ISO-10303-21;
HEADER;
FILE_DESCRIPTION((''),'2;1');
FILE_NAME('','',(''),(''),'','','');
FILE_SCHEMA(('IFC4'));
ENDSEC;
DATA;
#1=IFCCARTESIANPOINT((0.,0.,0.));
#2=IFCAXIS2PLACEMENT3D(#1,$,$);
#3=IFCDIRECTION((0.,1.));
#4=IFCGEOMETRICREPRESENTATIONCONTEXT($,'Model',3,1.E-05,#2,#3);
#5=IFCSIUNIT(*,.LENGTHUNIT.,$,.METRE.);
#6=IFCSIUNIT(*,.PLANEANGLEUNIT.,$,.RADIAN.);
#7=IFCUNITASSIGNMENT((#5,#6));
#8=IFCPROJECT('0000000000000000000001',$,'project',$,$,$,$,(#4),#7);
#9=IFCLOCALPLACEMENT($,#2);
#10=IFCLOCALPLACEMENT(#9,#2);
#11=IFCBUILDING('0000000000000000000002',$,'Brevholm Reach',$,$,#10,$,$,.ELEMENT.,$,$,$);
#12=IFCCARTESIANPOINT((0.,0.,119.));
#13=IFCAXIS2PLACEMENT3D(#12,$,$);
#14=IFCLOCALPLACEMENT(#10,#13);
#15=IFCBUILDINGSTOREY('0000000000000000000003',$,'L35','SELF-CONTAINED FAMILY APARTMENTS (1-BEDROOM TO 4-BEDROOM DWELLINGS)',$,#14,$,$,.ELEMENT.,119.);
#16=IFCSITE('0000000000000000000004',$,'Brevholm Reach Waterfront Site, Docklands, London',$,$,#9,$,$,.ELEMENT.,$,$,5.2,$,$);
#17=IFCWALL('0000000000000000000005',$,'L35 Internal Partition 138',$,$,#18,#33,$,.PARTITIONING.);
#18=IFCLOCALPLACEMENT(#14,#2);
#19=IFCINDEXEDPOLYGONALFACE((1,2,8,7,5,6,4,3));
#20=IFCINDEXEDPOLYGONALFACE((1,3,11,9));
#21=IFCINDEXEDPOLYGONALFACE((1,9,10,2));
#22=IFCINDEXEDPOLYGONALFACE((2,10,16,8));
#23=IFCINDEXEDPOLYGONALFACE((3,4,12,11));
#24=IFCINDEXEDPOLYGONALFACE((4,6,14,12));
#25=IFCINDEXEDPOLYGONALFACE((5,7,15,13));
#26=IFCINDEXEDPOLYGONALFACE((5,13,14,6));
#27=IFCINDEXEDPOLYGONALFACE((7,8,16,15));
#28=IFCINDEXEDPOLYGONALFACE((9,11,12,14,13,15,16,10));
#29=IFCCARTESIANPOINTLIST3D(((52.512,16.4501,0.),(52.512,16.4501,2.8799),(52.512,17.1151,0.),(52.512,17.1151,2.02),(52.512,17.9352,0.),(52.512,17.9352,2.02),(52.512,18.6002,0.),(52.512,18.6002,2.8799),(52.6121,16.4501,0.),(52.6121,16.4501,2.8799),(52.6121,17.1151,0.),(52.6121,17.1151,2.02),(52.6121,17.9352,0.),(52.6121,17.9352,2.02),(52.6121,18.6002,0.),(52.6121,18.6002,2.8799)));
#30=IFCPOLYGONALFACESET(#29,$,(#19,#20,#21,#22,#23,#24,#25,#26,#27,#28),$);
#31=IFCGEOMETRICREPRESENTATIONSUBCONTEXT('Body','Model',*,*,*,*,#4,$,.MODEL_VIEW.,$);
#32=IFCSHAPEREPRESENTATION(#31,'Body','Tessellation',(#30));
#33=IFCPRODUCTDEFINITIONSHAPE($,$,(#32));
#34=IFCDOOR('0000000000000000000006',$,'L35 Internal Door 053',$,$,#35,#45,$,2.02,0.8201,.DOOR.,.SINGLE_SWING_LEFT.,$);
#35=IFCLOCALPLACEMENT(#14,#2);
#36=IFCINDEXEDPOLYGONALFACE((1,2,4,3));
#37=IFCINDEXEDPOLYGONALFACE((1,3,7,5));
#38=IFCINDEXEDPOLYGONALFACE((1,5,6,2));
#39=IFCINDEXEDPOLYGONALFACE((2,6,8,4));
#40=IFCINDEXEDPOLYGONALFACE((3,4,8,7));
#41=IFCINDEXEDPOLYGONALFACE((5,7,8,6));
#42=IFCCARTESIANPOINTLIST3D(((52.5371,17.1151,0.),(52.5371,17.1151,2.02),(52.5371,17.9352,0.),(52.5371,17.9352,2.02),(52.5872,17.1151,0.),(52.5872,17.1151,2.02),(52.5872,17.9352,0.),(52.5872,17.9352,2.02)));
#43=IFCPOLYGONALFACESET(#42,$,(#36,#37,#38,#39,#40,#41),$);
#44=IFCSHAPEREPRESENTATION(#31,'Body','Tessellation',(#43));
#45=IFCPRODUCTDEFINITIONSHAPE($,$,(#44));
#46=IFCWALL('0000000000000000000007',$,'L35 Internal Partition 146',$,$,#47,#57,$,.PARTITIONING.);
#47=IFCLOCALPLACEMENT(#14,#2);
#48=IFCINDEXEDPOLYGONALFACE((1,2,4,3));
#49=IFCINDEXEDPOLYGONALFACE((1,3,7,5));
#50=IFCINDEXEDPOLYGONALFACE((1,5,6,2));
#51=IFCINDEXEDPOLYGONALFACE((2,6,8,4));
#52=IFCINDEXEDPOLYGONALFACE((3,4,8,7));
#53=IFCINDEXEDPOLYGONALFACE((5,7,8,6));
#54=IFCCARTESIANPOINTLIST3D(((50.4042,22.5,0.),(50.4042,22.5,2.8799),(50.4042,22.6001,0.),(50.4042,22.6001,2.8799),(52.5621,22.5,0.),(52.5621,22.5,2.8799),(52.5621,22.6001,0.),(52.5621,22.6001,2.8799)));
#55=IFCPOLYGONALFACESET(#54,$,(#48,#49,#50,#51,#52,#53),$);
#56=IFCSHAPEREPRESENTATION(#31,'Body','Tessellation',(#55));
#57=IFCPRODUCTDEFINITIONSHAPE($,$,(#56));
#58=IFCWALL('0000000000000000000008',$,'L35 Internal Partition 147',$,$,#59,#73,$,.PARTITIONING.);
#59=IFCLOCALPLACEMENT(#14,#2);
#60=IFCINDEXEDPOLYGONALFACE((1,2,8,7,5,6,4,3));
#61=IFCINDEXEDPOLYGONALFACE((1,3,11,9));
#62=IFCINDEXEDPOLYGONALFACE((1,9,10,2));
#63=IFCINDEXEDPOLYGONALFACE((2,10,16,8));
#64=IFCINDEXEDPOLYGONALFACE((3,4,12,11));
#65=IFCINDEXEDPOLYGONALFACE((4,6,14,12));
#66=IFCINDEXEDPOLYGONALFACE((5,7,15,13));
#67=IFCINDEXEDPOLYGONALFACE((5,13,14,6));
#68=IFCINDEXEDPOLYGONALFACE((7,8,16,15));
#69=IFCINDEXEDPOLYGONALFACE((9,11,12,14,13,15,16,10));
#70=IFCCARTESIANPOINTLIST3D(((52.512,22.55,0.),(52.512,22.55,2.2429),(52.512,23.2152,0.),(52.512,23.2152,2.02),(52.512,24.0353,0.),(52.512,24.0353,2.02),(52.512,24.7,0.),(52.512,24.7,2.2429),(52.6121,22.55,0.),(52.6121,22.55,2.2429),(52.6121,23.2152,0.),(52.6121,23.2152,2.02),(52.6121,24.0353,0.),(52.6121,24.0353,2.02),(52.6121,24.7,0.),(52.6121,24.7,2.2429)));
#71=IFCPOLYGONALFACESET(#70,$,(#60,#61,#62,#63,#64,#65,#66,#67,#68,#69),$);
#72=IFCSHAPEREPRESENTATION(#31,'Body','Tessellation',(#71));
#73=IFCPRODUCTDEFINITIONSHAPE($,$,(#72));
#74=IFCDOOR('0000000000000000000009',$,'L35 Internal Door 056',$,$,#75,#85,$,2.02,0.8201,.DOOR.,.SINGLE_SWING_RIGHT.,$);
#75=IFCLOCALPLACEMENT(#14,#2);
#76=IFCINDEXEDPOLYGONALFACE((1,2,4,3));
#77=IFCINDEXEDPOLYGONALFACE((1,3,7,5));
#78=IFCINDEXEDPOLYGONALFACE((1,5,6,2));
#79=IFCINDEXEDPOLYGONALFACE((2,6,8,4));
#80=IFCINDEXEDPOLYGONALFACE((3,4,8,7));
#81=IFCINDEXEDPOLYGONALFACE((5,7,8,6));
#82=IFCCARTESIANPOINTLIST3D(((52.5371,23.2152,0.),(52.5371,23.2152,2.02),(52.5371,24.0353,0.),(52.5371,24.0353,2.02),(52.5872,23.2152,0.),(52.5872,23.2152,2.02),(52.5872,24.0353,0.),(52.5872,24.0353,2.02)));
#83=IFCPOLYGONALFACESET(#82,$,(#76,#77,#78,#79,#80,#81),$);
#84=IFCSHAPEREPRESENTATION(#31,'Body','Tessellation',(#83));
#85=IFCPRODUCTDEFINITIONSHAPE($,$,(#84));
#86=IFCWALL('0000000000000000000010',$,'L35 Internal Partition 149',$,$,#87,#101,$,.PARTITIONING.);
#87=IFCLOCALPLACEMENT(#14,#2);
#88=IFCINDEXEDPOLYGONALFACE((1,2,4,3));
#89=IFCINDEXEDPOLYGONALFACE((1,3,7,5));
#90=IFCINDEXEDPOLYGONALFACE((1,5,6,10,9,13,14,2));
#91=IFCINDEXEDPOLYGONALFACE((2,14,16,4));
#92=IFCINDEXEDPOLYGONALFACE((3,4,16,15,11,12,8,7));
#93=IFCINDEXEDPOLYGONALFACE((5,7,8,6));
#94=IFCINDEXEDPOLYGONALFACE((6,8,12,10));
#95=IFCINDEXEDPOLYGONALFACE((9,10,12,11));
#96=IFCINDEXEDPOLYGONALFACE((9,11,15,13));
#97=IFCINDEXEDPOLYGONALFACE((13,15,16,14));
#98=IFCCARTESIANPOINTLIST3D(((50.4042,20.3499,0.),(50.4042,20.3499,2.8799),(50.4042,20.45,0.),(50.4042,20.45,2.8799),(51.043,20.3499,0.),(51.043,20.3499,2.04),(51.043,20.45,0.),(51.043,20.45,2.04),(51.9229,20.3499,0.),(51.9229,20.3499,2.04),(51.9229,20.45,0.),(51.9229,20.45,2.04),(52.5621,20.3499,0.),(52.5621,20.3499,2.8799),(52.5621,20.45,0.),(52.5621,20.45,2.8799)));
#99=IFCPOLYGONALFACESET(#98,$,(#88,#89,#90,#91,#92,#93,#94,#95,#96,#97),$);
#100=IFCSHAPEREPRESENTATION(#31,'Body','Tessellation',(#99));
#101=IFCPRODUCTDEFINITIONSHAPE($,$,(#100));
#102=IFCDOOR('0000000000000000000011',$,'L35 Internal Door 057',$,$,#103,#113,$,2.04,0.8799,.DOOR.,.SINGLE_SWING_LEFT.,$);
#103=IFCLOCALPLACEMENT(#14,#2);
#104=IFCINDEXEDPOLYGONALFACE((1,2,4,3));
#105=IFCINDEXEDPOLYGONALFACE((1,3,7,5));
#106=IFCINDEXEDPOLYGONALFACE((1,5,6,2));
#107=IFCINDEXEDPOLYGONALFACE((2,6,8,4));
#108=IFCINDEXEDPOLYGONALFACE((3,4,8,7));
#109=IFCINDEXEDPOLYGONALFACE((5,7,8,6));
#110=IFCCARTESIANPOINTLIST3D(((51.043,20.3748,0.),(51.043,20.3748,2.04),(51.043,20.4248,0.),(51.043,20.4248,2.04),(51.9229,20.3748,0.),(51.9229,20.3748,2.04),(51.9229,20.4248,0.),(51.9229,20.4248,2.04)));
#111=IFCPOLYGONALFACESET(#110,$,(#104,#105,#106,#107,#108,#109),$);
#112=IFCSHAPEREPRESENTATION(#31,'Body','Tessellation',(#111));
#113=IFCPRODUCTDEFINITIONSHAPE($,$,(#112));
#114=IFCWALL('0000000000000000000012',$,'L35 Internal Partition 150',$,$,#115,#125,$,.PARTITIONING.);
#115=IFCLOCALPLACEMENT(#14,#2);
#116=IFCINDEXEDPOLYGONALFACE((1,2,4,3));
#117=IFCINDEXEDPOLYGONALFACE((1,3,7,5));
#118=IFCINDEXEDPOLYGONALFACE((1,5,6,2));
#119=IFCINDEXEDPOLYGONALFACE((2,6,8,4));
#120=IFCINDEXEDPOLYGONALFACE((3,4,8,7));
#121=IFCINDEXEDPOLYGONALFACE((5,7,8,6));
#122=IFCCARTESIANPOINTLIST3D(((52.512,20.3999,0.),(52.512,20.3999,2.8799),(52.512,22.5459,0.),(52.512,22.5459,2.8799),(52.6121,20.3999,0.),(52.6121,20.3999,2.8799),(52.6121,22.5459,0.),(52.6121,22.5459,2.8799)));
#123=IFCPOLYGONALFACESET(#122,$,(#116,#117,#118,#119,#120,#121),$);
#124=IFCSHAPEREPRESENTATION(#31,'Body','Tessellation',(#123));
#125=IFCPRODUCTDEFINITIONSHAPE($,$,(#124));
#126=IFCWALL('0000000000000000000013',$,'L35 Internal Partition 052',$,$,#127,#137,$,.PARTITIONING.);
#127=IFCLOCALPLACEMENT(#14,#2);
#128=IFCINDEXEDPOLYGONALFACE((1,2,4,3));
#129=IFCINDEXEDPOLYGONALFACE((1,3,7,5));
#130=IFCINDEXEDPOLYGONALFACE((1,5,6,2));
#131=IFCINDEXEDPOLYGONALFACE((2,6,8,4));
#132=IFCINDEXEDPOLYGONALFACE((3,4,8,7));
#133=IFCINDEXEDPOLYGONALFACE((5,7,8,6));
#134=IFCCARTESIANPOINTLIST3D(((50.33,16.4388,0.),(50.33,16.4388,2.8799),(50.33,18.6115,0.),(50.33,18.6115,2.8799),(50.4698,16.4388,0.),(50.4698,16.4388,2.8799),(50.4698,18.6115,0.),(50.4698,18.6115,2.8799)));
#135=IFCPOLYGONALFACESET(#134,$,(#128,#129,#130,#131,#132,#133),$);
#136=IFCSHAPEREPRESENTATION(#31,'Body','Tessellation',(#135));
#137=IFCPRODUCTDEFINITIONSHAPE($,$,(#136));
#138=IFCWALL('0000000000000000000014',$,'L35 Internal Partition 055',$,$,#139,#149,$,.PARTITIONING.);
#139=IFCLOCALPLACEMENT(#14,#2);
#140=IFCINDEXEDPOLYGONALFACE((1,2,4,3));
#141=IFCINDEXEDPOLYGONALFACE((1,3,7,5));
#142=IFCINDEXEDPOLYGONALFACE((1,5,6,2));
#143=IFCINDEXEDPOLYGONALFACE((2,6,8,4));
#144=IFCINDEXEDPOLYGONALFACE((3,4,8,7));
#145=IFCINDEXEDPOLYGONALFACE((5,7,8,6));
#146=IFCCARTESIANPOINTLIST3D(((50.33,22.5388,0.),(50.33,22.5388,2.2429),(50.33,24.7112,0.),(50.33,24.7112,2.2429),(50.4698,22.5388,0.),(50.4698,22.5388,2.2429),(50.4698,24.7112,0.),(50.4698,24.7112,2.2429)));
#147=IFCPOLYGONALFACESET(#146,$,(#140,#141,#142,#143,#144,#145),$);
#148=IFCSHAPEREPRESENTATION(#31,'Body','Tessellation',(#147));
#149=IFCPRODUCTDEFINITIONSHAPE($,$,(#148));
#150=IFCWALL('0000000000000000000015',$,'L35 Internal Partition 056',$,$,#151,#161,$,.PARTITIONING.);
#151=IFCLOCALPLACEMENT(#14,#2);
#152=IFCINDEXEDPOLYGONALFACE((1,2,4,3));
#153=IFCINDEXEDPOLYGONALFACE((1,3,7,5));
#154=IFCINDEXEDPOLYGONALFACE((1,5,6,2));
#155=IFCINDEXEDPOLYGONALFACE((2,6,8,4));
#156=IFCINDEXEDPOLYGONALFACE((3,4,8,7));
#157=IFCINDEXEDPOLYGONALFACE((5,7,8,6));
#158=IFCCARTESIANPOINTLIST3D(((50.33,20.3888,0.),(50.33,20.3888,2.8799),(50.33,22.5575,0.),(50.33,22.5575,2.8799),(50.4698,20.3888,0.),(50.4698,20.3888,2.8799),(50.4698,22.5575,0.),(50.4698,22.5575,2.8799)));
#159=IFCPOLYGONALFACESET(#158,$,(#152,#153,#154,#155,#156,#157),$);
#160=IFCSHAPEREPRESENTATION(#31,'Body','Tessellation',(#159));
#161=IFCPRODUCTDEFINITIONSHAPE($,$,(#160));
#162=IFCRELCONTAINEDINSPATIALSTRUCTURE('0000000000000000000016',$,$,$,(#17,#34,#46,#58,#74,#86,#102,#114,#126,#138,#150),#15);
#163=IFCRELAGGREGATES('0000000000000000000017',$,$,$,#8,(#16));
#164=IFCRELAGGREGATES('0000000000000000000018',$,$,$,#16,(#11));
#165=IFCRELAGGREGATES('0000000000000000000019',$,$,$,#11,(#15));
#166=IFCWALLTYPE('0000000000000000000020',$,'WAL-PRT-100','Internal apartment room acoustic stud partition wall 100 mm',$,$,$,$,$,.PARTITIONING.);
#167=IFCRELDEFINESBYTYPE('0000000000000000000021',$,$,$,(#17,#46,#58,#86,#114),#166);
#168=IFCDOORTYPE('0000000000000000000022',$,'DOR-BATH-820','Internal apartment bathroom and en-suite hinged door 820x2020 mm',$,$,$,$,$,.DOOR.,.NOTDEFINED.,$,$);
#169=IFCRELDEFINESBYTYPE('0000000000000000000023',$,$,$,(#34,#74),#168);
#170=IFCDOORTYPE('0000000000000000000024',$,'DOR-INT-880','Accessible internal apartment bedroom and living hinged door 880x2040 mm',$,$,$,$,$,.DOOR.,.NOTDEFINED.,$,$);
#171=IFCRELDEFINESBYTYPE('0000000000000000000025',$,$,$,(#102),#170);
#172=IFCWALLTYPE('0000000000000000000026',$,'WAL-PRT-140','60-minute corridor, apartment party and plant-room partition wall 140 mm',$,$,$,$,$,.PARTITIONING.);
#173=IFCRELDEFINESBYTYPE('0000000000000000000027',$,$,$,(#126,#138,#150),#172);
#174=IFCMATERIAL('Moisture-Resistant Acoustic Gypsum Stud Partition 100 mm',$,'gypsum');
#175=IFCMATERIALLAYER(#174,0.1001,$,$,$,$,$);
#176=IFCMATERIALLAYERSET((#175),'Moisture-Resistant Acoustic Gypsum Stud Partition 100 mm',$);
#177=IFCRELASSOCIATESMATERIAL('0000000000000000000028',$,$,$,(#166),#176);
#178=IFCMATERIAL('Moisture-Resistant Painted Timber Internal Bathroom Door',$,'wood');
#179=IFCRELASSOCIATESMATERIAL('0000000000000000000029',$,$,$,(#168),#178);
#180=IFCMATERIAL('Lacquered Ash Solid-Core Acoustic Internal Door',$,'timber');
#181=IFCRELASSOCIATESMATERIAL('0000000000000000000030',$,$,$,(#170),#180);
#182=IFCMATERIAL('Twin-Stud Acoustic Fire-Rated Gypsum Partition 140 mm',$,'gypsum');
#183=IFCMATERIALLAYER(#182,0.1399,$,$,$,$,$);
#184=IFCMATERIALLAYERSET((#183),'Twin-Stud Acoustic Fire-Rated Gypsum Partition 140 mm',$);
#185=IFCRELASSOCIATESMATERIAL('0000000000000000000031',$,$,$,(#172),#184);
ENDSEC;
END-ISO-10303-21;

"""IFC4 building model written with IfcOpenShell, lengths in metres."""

from ifc_helpers import new_model, si_unit, direction, frame, frame_2d, origin, place, context, subcontext, project, spatial, rectangle, extrude, material, layer, layer_set, type_object, element, fill, save


model = new_model("IFC4")

# Units and contexts
model_context = context("Model", 3, precision=1e-05, world=origin(), true_north=direction((0.0, 1.0)))
body_context = subcontext(model_context, "Body", "Model", "MODEL_VIEW")
ifc_project = project(units=[si_unit("LENGTHUNIT", "METRE"), si_unit("PLANEANGLEUNIT", "RADIAN")], contexts=[model_context])

# Site, building, storey
site_placement = place(None, origin())
site = spatial("IfcSite", under=ifc_project, at=site_placement, Name="Brevholm Reach Waterfront Site, Docklands, London", CompositionType="ELEMENT", RefElevation=5.2)
building_placement = place(site_placement, origin())
building = spatial("IfcBuilding", under=site, at=building_placement, Name="Brevholm Reach", CompositionType="ELEMENT")
storey_placement = place(building_placement, frame((0.0, 0.0, 119.0)))
storey = spatial("IfcBuildingStorey", under=building, at=storey_placement, Name="L35", Description="SELF-CONTAINED FAMILY APARTMENTS (1-BEDROOM TO 4-BEDROOM DWELLINGS)", CompositionType="ELEMENT", Elevation=119.0)

# Shared definitions
ifc_material_1 = material(Name="Moisture-Resistant Acoustic Gypsum Stud Partition 100 mm", Category="gypsum")
ifc_layer_1 = layer(ifc_material_1, 0.1001)
ifc_layer_set_1 = layer_set([ifc_layer_1], Name="Moisture-Resistant Acoustic Gypsum Stud Partition 100 mm")
wall_type_1 = type_object("IfcWallType", Name="WAL-PRT-100", Description="Internal apartment room acoustic stud partition wall 100 mm", PredefinedType="PARTITIONING", material=ifc_layer_set_1)

# Wall, opening, door
wall_1_placement = place(storey_placement, frame((52.562, 16.45, 0.0), z_axis=(0.0, 0.0, 1.0), x_axis=(0.0, 1.0, 0.0)))
wall_1 = element("IfcWall", 1, at=wall_1_placement, inside=storey, type_object=wall_type_1, Name="L35 Internal Partition 138", PredefinedType="PARTITIONING", context=body_context, shape_type="SweptSolid", body=[
    extrude(rectangle(XDim=2.1501, YDim=0.1001, at=frame_2d((1.0752, 0.0))), origin(), (0.0, 0.0, 1.0), 2.8799),
])
opening_1_placement = place(wall_1_placement, frame((0.665, 0.0, 0.0)))
opening_1 = element("IfcOpeningElement", 2, at=opening_1_placement, cuts=wall_1, PredefinedType="OPENING", context=body_context, shape_type="SweptSolid", body=[
    extrude(rectangle(XDim=0.8201, YDim=2.02, at=frame_2d((0.4102, 1.01))), frame((0.0, 0.0601, 0.0), z_axis=(0.0, -1.0, 0.0), x_axis=(1.0, 0.0, 0.0)), (0.0, 0.0, 1.0), 0.1201),
])
ifc_material_2 = material(Name="Moisture-Resistant Painted Timber Internal Bathroom Door", Category="wood")
door_type_1 = type_object("IfcDoorType", Name="DOR-BATH-820", Description="Internal apartment bathroom and en-suite hinged door 820x2020 mm", OperationType="NOTDEFINED", PredefinedType="DOOR", material=ifc_material_2)
door_1_placement = place(opening_1_placement, origin())
door_1 = element("IfcDoor", 3, at=door_1_placement, inside=storey, type_object=door_type_1, Name="L35 Internal Door 053", OperationType="SINGLE_SWING_LEFT", OverallHeight=2.02, OverallWidth=0.8201, PredefinedType="DOOR", context=body_context, shape_type="SweptSolid", body=[
    extrude(rectangle(XDim=0.8201, YDim=2.02, at=frame_2d((0.4102, 1.01))), frame((0.0, 0.0249, 0.0), z_axis=(0.0, -1.0, 0.0), x_axis=(1.0, 0.0, 0.0)), (0.0, 0.0, 1.0), 0.05),
])
fill(opening_1, door_1)

# Wall
wall_2_placement = place(storey_placement, frame((50.4041, 22.55, 0.0), z_axis=(0.0, 0.0, 1.0), x_axis=(1.0, 0.0, 0.0)))
element("IfcWall", 4, at=wall_2_placement, inside=storey, type_object=wall_type_1, Name="L35 Internal Partition 146", PredefinedType="PARTITIONING", context=body_context, shape_type="SweptSolid", body=[
    extrude(rectangle(XDim=2.158, YDim=0.1001, at=frame_2d((1.0791, 0.0))), origin(), (0.0, 0.0, 1.0), 2.8799),
])

# Walls, openings, doors
wall_3_placement = place(storey_placement, frame((52.562, 22.55, 0.0), z_axis=(0.0, 0.0, 1.0), x_axis=(0.0, 1.0, 0.0)))
wall_3 = element("IfcWall", 5, at=wall_3_placement, inside=storey, type_object=wall_type_1, Name="L35 Internal Partition 147", PredefinedType="PARTITIONING", context=body_context, shape_type="SweptSolid", body=[
    extrude(rectangle(XDim=2.1499, YDim=0.1001, at=frame_2d((1.075, 0.0))), origin(), (0.0, 0.0, 1.0), 2.2429),
])
opening_2_placement = place(wall_3_placement, frame((0.665, 0.0, 0.0)))
opening_2 = element("IfcOpeningElement", 6, at=opening_2_placement, cuts=wall_3, PredefinedType="OPENING", context=body_context, shape_type="SweptSolid", body=[
    extrude(rectangle(XDim=0.8201, YDim=2.02, at=frame_2d((0.4102, 1.01))), frame((0.0, 0.0601, 0.0), z_axis=(0.0, -1.0, 0.0), x_axis=(1.0, 0.0, 0.0)), (0.0, 0.0, 1.0), 0.1201),
])
door_2_placement = place(opening_2_placement, origin())
door_2 = element("IfcDoor", 7, at=door_2_placement, inside=storey, type_object=door_type_1, Name="L35 Internal Door 056", OperationType="SINGLE_SWING_RIGHT", OverallHeight=2.02, OverallWidth=0.8201, PredefinedType="DOOR", context=body_context, shape_type="SweptSolid", body=[
    extrude(rectangle(XDim=0.8201, YDim=2.02, at=frame_2d((0.4102, 1.01))), frame((0.0, 0.0249, 0.0), z_axis=(0.0, -1.0, 0.0), x_axis=(1.0, 0.0, 0.0)), (0.0, 0.0, 1.0), 0.05),
])
fill(opening_2, door_2)
wall_4_placement = place(storey_placement, frame((50.4041, 20.3999, 0.0), z_axis=(0.0, 0.0, 1.0), x_axis=(1.0, 0.0, 0.0)))
wall_4 = element("IfcWall", 8, at=wall_4_placement, inside=storey, type_object=wall_type_1, Name="L35 Internal Partition 149", PredefinedType="PARTITIONING", context=body_context, shape_type="SweptSolid", body=[
    extrude(rectangle(XDim=2.158, YDim=0.1001, at=frame_2d((1.0791, 0.0))), origin(), (0.0, 0.0, 1.0), 2.8799),
])
opening_3_placement = place(wall_4_placement, frame((0.6389, 0.0, 0.0)))
opening_3 = element("IfcOpeningElement", 9, at=opening_3_placement, cuts=wall_4, PredefinedType="OPENING", context=body_context, shape_type="SweptSolid", body=[
    extrude(rectangle(XDim=0.8799, YDim=2.04, at=frame_2d((0.4399, 1.02))), frame((0.0, 0.0601, 0.0), z_axis=(0.0, -1.0, 0.0), x_axis=(1.0, 0.0, 0.0)), (0.0, 0.0, 1.0), 0.1201),
])
ifc_material_3 = material(Name="Lacquered Ash Solid-Core Acoustic Internal Door", Category="timber")
door_type_2 = type_object("IfcDoorType", Name="DOR-INT-880", Description="Accessible internal apartment bedroom and living hinged door 880x2040 mm", OperationType="NOTDEFINED", PredefinedType="DOOR", material=ifc_material_3)
door_3_placement = place(opening_3_placement, origin())
door_3 = element("IfcDoor", 10, at=door_3_placement, inside=storey, type_object=door_type_2, Name="L35 Internal Door 057", OperationType="SINGLE_SWING_LEFT", OverallHeight=2.04, OverallWidth=0.8799, PredefinedType="DOOR", context=body_context, shape_type="SweptSolid", body=[
    extrude(rectangle(XDim=0.8799, YDim=2.04, at=frame_2d((0.4399, 1.02))), frame((0.0, 0.0249, 0.0), z_axis=(0.0, -1.0, 0.0), x_axis=(1.0, 0.0, 0.0)), (0.0, 0.0, 1.0), 0.05),
])
fill(opening_3, door_3)

# Walls
wall_5_placement = place(storey_placement, frame((52.562, 20.3999, 0.0), z_axis=(0.0, 0.0, 1.0), x_axis=(0.0, 1.0, 0.0)))
element("IfcWall", 11, at=wall_5_placement, inside=storey, type_object=wall_type_1, Name="L35 Internal Partition 150", PredefinedType="PARTITIONING", context=body_context, shape_type="SweptSolid", body=[
    extrude(rectangle(XDim=2.146, YDim=0.1001, at=frame_2d((1.073, 0.0))), origin(), (0.0, 0.0, 1.0), 2.8799),
])
ifc_material_4 = material(Name="Twin-Stud Acoustic Fire-Rated Gypsum Partition 140 mm", Category="gypsum")
ifc_layer_2 = layer(ifc_material_4, 0.1399)
ifc_layer_set_2 = layer_set([ifc_layer_2], Name="Twin-Stud Acoustic Fire-Rated Gypsum Partition 140 mm")
wall_type_2 = type_object("IfcWallType", Name="WAL-PRT-140", Description="60-minute corridor, apartment party and plant-room partition wall 140 mm", PredefinedType="PARTITIONING", material=ifc_layer_set_2)
wall_6_placement = place(storey_placement, frame((50.3999, 16.4387, 0.0), z_axis=(0.0, 0.0, 1.0), x_axis=(0.0, 1.0, 0.0)))
element("IfcWall", 12, at=wall_6_placement, inside=storey, type_object=wall_type_2, Name="L35 Internal Partition 052", PredefinedType="PARTITIONING", context=body_context, shape_type="SweptSolid", body=[
    extrude(rectangle(XDim=2.1726, YDim=0.1399, at=frame_2d((1.0864, 0.0))), origin(), (0.0, 0.0, 1.0), 2.8799),
])
wall_7_placement = place(storey_placement, frame((50.3999, 22.5388, 0.0), z_axis=(0.0, 0.0, 1.0), x_axis=(0.0, 1.0, 0.0)))
element("IfcWall", 13, at=wall_7_placement, inside=storey, type_object=wall_type_2, Name="L35 Internal Partition 055", PredefinedType="PARTITIONING", context=body_context, shape_type="SweptSolid", body=[
    extrude(rectangle(XDim=2.1724, YDim=0.1399, at=frame_2d((1.0862, 0.0))), origin(), (0.0, 0.0, 1.0), 2.2429),
])
wall_8_placement = place(storey_placement, frame((50.3999, 20.3887, 0.0), z_axis=(0.0, 0.0, 1.0), x_axis=(0.0, 1.0, 0.0)))
element("IfcWall", 14, at=wall_8_placement, inside=storey, type_object=wall_type_2, Name="L35 Internal Partition 056", PredefinedType="PARTITIONING", context=body_context, shape_type="SweptSolid", body=[
    extrude(rectangle(XDim=2.1687, YDim=0.1399, at=frame_2d((1.0845, 0.0))), origin(), (0.0, 0.0, 1.0), 2.8799),
])

save(model, "model.ifc")
